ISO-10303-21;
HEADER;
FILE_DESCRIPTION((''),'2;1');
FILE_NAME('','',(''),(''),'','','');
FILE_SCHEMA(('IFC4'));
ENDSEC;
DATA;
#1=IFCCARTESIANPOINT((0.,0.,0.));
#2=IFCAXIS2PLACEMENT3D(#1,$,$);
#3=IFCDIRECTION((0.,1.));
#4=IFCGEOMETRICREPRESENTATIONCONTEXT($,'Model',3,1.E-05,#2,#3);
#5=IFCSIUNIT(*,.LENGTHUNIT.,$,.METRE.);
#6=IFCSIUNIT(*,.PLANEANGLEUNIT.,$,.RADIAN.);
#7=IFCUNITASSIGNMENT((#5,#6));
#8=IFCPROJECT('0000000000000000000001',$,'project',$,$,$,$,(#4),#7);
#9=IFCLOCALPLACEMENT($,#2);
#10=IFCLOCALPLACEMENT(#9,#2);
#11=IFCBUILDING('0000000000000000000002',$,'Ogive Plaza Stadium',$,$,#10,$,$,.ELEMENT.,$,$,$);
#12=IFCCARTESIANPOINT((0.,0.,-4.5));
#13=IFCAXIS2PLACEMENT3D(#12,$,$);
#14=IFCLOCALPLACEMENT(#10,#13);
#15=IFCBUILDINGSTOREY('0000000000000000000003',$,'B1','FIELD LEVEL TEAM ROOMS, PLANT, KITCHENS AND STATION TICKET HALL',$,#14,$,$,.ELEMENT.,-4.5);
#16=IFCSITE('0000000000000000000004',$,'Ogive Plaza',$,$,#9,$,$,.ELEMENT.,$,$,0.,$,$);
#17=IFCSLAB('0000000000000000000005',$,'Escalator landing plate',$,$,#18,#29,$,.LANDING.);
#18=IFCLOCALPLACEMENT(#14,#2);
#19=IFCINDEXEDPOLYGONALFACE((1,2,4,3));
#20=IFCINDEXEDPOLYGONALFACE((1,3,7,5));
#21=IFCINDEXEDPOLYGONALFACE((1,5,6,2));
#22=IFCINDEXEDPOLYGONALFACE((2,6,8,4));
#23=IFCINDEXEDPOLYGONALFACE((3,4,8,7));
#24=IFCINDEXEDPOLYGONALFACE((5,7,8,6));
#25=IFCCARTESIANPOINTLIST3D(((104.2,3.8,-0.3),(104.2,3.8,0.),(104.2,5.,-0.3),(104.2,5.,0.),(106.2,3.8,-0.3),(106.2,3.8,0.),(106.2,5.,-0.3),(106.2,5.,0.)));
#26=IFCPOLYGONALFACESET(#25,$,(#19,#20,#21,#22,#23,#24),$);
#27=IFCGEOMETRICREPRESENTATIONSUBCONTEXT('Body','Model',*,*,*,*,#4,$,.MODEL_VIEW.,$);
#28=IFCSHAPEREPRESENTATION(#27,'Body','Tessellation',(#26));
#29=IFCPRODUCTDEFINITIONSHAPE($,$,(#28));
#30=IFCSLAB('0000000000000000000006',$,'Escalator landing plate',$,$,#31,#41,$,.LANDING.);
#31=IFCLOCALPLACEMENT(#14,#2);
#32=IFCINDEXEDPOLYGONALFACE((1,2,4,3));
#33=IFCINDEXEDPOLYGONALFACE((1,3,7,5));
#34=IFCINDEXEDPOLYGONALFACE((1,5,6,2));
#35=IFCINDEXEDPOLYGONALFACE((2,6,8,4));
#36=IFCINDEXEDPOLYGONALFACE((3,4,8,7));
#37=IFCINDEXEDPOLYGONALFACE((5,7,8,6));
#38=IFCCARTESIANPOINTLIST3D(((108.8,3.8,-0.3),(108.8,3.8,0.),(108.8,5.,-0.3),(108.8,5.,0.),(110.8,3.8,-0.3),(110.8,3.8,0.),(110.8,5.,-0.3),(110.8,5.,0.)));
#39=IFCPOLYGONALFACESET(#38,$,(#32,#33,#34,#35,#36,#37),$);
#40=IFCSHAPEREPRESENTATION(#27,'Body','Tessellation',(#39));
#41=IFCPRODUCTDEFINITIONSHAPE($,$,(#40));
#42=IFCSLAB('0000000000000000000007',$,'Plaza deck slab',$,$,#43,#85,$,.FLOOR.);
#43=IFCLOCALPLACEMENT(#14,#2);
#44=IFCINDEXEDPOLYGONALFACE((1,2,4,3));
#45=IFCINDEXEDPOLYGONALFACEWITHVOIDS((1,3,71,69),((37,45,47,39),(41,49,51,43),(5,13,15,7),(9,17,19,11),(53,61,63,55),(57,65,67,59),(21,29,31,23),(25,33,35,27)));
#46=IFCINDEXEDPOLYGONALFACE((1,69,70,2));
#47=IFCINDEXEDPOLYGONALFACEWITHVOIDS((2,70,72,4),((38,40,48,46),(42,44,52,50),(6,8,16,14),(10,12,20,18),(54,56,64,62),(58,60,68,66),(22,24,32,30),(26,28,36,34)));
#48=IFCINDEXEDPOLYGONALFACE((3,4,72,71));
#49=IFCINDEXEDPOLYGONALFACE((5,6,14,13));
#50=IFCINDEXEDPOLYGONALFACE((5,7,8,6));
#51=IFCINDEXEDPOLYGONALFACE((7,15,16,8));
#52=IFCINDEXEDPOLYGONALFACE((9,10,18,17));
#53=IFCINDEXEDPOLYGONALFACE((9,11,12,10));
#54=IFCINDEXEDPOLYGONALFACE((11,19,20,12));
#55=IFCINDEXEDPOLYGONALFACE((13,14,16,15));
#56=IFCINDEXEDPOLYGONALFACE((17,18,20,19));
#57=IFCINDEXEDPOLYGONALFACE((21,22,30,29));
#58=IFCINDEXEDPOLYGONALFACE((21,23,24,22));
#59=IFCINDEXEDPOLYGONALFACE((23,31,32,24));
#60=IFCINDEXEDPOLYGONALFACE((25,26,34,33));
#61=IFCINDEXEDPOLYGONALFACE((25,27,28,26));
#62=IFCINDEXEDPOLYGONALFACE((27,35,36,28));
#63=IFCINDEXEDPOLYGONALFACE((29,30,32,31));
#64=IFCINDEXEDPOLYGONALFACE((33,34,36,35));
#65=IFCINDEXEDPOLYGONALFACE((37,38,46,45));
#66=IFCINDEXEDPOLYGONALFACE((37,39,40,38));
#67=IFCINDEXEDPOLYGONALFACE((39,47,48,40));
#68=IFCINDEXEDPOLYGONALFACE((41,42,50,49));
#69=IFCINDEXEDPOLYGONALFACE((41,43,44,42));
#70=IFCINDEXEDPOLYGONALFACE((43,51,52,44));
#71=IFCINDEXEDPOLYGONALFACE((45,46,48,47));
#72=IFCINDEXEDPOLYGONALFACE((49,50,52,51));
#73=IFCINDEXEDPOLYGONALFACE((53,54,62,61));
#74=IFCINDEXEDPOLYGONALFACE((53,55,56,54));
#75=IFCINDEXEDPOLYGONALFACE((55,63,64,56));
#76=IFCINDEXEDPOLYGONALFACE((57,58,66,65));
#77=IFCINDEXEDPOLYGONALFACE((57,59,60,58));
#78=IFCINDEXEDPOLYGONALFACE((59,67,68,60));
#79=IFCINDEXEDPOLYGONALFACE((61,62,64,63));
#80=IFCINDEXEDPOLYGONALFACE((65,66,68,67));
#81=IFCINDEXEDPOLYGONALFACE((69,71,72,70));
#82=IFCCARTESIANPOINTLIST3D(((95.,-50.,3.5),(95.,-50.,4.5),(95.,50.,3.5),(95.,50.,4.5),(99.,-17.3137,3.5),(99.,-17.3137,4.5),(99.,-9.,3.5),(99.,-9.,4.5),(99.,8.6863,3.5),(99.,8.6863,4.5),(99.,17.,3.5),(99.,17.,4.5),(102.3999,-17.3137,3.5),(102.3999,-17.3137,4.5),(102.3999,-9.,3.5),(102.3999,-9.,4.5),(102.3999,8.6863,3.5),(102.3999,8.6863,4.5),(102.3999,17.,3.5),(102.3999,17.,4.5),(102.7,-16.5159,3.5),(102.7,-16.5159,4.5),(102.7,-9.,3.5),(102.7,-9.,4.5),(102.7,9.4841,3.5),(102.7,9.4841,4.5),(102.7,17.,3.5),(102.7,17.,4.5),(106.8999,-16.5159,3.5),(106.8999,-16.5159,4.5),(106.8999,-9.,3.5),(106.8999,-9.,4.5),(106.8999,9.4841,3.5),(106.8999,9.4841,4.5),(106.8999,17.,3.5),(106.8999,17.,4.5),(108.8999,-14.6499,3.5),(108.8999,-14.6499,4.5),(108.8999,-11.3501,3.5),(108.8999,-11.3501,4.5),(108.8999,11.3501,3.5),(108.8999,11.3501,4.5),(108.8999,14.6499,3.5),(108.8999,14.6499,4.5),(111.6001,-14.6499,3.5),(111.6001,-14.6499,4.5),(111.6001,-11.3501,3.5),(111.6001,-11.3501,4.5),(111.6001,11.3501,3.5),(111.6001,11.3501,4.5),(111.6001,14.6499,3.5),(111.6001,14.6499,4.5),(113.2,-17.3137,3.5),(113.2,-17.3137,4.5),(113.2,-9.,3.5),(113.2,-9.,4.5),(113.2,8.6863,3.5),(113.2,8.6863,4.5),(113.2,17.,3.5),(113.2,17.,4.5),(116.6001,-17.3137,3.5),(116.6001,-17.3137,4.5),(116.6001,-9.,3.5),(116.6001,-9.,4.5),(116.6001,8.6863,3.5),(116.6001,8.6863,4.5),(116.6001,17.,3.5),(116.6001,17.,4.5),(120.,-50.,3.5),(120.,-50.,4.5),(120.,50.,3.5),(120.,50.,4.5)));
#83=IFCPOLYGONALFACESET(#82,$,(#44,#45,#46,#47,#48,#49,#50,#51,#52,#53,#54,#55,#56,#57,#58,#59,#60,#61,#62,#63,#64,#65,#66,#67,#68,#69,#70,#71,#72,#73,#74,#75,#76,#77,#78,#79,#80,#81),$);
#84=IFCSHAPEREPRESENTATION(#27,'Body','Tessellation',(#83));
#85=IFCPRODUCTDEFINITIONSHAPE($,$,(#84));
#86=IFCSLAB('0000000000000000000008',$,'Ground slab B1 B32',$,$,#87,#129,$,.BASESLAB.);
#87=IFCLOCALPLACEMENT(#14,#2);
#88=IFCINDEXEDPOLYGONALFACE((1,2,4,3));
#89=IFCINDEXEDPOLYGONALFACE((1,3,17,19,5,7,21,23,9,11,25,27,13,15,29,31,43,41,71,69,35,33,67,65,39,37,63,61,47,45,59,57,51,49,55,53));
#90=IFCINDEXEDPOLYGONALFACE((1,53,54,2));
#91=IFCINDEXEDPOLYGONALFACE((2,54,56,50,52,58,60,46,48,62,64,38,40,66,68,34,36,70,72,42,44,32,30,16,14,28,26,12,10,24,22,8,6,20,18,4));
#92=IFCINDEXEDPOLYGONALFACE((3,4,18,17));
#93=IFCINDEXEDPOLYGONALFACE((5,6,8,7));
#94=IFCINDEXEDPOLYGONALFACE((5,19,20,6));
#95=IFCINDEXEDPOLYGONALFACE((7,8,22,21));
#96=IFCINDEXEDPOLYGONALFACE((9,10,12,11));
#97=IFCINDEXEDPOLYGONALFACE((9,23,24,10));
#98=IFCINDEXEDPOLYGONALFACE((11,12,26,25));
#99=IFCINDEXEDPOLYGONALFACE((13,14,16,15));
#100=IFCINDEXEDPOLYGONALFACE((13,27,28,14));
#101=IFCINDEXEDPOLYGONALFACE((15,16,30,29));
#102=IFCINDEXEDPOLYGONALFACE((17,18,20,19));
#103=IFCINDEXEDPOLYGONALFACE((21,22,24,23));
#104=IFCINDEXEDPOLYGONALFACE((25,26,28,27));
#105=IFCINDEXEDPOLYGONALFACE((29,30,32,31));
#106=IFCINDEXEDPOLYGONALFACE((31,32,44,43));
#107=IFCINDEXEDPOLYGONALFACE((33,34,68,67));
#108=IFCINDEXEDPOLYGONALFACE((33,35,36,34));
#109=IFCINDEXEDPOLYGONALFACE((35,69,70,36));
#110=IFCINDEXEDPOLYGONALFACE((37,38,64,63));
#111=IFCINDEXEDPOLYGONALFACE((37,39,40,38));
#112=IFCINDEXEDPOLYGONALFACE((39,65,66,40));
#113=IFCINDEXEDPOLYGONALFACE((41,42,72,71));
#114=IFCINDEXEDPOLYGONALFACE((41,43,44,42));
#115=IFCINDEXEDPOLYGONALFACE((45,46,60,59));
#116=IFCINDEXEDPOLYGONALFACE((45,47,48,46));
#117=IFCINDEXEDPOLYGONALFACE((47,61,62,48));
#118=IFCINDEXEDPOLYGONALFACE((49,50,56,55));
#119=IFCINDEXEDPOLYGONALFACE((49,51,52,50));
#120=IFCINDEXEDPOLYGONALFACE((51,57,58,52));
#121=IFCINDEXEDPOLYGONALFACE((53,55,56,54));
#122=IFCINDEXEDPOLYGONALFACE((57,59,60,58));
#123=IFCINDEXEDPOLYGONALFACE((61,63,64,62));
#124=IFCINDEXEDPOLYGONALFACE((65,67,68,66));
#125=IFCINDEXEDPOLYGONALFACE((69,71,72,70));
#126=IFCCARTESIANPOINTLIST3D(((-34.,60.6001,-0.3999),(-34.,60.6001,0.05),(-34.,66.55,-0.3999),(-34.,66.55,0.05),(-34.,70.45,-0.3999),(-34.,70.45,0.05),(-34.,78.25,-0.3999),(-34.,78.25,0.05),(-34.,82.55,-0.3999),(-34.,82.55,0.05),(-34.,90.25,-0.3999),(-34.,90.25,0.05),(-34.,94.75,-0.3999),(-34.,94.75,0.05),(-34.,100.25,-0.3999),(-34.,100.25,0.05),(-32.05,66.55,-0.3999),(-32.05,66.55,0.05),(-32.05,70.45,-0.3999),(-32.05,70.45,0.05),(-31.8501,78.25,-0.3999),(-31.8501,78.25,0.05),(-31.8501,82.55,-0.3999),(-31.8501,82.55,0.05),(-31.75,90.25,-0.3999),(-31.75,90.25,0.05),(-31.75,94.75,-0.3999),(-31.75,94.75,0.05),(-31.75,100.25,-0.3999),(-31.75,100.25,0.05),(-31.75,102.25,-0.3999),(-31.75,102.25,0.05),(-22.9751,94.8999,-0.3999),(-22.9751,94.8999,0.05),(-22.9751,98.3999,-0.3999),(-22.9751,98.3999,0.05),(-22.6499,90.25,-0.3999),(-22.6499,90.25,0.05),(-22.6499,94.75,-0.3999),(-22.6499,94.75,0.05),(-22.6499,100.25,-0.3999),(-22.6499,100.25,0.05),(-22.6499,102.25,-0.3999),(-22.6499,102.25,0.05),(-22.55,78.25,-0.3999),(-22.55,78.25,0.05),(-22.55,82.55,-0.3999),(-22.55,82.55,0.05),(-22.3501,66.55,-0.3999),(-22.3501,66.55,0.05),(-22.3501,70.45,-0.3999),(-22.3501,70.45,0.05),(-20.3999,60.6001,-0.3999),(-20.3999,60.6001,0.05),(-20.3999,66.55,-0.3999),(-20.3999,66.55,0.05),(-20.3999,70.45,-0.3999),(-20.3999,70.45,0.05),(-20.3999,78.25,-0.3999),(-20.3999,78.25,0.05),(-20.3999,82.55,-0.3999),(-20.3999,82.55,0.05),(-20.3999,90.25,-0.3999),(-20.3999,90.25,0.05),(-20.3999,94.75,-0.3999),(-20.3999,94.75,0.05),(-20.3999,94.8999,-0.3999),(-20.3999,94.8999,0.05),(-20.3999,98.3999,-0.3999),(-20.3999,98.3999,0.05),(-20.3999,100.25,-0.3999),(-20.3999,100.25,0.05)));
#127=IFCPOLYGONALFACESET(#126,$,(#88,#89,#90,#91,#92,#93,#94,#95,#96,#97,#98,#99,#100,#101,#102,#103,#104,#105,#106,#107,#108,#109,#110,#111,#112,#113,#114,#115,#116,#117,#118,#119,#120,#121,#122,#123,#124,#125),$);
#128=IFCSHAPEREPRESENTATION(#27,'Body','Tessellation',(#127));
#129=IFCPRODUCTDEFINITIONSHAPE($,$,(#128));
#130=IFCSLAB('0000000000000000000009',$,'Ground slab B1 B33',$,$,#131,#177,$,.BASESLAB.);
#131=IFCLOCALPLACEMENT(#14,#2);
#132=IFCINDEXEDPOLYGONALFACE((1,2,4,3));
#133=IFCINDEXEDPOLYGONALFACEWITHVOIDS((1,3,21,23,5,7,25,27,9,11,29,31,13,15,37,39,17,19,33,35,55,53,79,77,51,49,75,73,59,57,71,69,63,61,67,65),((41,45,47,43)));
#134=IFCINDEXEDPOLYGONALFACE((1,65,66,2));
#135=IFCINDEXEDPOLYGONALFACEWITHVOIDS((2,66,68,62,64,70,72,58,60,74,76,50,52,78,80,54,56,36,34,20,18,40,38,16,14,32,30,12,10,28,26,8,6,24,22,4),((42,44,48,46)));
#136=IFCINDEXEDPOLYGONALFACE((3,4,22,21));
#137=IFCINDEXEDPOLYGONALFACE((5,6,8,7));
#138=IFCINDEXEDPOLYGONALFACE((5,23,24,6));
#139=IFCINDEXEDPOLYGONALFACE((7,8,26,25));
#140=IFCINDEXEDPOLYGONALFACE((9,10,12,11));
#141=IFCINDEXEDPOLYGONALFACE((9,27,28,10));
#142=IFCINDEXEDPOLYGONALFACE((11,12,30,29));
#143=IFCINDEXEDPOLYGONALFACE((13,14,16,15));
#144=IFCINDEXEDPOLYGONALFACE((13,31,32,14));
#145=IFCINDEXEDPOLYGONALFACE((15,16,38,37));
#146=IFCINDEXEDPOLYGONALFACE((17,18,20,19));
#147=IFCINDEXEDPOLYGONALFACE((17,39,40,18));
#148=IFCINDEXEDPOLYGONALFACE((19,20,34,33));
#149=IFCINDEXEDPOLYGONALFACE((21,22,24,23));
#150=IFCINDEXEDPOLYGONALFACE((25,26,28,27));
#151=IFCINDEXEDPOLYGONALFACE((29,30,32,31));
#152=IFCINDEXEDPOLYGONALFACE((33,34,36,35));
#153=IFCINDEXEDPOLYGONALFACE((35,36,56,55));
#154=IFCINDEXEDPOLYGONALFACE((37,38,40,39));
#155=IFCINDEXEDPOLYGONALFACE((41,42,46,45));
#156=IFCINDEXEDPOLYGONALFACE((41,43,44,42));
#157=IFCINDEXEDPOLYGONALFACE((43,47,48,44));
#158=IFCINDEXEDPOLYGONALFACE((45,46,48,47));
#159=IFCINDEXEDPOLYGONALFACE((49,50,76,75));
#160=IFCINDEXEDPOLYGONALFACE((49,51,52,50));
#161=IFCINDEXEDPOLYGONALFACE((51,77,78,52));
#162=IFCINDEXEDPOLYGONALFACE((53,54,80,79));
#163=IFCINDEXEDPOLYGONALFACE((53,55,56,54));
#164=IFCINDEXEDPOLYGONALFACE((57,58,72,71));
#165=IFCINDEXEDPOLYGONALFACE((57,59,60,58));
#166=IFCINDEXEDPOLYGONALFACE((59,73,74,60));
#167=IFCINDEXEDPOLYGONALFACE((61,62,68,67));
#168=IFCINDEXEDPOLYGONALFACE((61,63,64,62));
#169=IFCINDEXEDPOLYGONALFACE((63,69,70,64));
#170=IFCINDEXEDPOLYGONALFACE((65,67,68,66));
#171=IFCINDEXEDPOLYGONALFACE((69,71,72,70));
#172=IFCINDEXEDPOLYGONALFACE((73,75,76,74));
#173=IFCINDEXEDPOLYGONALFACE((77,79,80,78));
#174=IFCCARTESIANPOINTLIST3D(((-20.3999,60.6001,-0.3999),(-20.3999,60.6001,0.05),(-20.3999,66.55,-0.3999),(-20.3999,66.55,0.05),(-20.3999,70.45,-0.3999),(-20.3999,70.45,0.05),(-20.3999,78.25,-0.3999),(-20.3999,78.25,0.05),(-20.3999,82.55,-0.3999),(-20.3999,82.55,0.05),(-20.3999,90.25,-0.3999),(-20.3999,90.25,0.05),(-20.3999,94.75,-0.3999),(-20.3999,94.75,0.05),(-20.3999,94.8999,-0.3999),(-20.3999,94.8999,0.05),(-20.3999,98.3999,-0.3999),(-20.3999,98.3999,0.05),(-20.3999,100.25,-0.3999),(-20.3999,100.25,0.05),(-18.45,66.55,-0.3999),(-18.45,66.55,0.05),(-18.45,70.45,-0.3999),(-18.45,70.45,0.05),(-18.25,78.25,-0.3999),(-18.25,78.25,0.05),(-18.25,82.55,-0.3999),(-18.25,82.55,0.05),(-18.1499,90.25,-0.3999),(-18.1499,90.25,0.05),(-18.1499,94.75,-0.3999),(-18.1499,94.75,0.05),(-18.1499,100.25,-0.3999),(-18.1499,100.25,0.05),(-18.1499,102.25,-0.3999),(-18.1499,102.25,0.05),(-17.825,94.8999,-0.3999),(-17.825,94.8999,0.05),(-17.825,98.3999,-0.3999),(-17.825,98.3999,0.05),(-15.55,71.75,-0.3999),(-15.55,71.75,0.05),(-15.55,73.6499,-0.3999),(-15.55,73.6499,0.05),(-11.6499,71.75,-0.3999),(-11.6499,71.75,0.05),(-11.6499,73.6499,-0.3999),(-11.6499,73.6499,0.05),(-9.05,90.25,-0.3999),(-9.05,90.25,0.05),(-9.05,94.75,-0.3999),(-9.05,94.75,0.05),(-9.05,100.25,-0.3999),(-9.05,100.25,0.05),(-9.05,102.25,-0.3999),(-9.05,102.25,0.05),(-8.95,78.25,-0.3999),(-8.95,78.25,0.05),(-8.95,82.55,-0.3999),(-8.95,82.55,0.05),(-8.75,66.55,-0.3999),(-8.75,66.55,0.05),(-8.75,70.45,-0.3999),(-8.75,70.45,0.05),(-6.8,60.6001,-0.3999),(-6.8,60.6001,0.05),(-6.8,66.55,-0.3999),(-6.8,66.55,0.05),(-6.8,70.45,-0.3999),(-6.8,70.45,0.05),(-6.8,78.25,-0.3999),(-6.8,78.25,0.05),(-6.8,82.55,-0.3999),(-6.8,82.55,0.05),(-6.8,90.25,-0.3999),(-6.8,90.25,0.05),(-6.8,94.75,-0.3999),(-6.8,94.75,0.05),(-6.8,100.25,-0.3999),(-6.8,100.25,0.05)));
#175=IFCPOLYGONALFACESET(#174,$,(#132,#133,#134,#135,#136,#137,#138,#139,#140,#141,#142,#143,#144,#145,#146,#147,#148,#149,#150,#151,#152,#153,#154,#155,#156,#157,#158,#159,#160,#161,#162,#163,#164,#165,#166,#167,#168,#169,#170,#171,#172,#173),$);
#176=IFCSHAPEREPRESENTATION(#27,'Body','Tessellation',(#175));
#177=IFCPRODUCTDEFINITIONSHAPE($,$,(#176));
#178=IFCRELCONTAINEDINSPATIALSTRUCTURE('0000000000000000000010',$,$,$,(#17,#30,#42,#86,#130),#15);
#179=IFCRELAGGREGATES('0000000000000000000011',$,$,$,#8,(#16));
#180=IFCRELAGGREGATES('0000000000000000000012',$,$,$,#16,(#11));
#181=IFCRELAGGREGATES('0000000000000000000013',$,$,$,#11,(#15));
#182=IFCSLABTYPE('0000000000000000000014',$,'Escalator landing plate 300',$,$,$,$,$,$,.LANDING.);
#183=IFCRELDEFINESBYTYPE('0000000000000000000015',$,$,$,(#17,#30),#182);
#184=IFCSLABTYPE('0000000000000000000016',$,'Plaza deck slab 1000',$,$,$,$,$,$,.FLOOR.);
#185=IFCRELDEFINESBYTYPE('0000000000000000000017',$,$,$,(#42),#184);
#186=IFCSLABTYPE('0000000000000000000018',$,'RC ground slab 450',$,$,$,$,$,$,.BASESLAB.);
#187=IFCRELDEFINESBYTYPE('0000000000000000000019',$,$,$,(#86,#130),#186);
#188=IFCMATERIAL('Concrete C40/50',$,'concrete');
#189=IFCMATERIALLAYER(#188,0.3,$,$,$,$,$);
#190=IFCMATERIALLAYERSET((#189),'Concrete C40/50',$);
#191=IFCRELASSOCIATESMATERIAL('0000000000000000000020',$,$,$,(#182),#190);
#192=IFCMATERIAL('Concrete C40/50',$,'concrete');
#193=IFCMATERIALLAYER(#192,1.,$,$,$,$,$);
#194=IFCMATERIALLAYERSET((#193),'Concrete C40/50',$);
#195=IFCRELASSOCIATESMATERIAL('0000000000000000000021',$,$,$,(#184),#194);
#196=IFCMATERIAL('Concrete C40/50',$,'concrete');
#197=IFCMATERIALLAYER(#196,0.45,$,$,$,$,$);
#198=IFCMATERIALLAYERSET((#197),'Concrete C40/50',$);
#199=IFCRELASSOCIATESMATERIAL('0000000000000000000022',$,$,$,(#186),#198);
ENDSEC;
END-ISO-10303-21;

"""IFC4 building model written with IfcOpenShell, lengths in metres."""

from ifc_helpers import new_model, si_unit, direction, frame, origin, place, context, subcontext, project, spatial, polyline, outline, extrude, material, layer, layer_set, type_object, element, save


model = new_model("IFC4")

# Units and contexts
model_context = context("Model", 3, precision=1e-05, world=origin(), true_north=direction((0.0, 1.0)))
body_context = subcontext(model_context, "Body", "Model", "MODEL_VIEW")
ifc_project = project(units=[si_unit("LENGTHUNIT", "METRE"), si_unit("PLANEANGLEUNIT", "RADIAN")], contexts=[model_context])

# Site, building, storey
site_placement = place(None, origin())
site = spatial("IfcSite", under=ifc_project, at=site_placement, Name="Ogive Plaza", CompositionType="ELEMENT", RefElevation=0.0)
building_placement = place(site_placement, origin())
building = spatial("IfcBuilding", under=site, at=building_placement, Name="Ogive Plaza Stadium", CompositionType="ELEMENT")
storey_placement = place(building_placement, frame((0.0, 0.0, -4.5)))
storey = spatial("IfcBuildingStorey", under=building, at=storey_placement, Name="B1", Description="FIELD LEVEL TEAM ROOMS, PLANT, KITCHENS AND STATION TICKET HALL", CompositionType="ELEMENT", Elevation=-4.5)

# Slabs
ifc_material_1 = material(Name="Concrete C40/50", Category="concrete")
ifc_layer_1 = layer(ifc_material_1, 0.3)
ifc_layer_set_1 = layer_set([ifc_layer_1], Name="Concrete C40/50")
slab_type_1 = type_object("IfcSlabType", Name="Escalator landing plate 300", PredefinedType="LANDING", material=ifc_layer_set_1)
slab_1_placement = place(storey_placement, frame((0.0, 0.0, -0.3)))
element("IfcSlab", 1, at=slab_1_placement, inside=storey, type_object=slab_type_1, Name="Escalator landing plate", PredefinedType="LANDING", context=body_context, shape_type="SweptSolid", body=[
    extrude(outline(polyline([(104.2, 3.8), (106.2, 3.8), (106.2, 5.0), (104.2, 5.0), (104.2, 3.8)])), origin(), (0.0, 0.0, 1.0), 0.3),
])
slab_2_placement = place(storey_placement, frame((0.0, 0.0, -0.3)))
element("IfcSlab", 2, at=slab_2_placement, inside=storey, type_object=slab_type_1, Name="Escalator landing plate", PredefinedType="LANDING", context=body_context, shape_type="SweptSolid", body=[
    extrude(outline(polyline([(108.8, 3.8), (110.8, 3.8), (110.8, 5.0), (108.8, 5.0), (108.8, 3.8)])), origin(), (0.0, 0.0, 1.0), 0.3),
])
ifc_material_2 = material(Name="Concrete C40/50", Category="concrete")
ifc_layer_2 = layer(ifc_material_2, 1.0)
ifc_layer_set_2 = layer_set([ifc_layer_2], Name="Concrete C40/50")
slab_type_2 = type_object("IfcSlabType", Name="Plaza deck slab 1000", PredefinedType="FLOOR", material=ifc_layer_set_2)
slab_3_placement = place(storey_placement, frame((0.0, 0.0, 3.5)))
element("IfcSlab", 3, at=slab_3_placement, inside=storey, type_object=slab_type_2, Name="Plaza deck slab", PredefinedType="FLOOR", context=body_context, shape_type="SweptSolid", body=[
    extrude(outline(polyline([(95.0, -50.0), (120.0, -50.0), (120.0, 50.0), (95.0, 50.0), (95.0, -50.0)]), holes=[polyline([(111.6001, -14.6499), (111.6001, -11.3501), (108.8999, -11.3501), (108.8999, -14.6499), (111.6001, -14.6499)]), polyline([(106.8999, -16.5159), (106.8999, -9.0), (102.7, -9.0), (102.7, -16.5159), (106.8999, -16.5159)]), polyline([(102.3999, -17.3137), (102.3999, -9.0), (99.0, -9.0), (99.0, -17.3137), (102.3999, -17.3137)]), polyline([(116.6001, -17.3137), (116.6001, -9.0), (113.2, -9.0), (113.2, -17.3137), (116.6001, -17.3137)]), polyline([(111.6001, 11.3501), (111.6001, 14.6499), (108.8999, 14.6499), (108.8999, 11.3501), (111.6001, 11.3501)]), polyline([(106.8999, 9.4841), (106.8999, 17.0), (102.7, 17.0), (102.7, 9.4841), (106.8999, 9.4841)]), polyline([(102.3999, 8.6863), (102.3999, 17.0), (99.0, 17.0), (99.0, 8.6863), (102.3999, 8.6863)]), polyline([(116.6001, 8.6863), (116.6001, 17.0), (113.2, 17.0), (113.2, 8.6863), (116.6001, 8.6863)])]), origin(), (0.0, 0.0, 1.0), 1.0),
])
ifc_material_3 = material(Name="Concrete C40/50", Category="concrete")
ifc_layer_3 = layer(ifc_material_3, 0.45)
ifc_layer_set_3 = layer_set([ifc_layer_3], Name="Concrete C40/50")
slab_type_3 = type_object("IfcSlabType", Name="RC ground slab 450", PredefinedType="BASESLAB", material=ifc_layer_set_3)
slab_4_placement = place(storey_placement, frame((0.0, 0.0, -0.3999)))
element("IfcSlab", 4, at=slab_4_placement, inside=storey, type_object=slab_type_3, Name="Ground slab B1 B32", PredefinedType="BASESLAB", context=body_context, shape_type="SweptSolid", body=[
    extrude(outline(polyline([(-20.3999, 66.55), (-22.3501, 66.55), (-22.3501, 70.45), (-20.3999, 70.45), (-20.3999, 78.25), (-22.55, 78.25), (-22.55, 82.55), (-20.3999, 82.55), (-20.3999, 90.25), (-22.6499, 90.25), (-22.6499, 94.75), (-20.3999, 94.75), (-20.3999, 94.8999), (-22.9751, 94.8999), (-22.9751, 98.3999), (-20.3999, 98.3999), (-20.3999, 100.25), (-22.6499, 100.25), (-22.6499, 102.25), (-31.75, 102.25), (-31.75, 100.25), (-34.0, 100.25), (-34.0, 94.75), (-31.75, 94.75), (-31.75, 90.25), (-34.0, 90.25), (-34.0, 82.55), (-31.8501, 82.55), (-31.8501, 78.25), (-34.0, 78.25), (-34.0, 70.45), (-32.05, 70.45), (-32.05, 66.55), (-34.0, 66.55), (-34.0, 60.6001), (-20.3999, 60.6001), (-20.3999, 66.55)])), origin(), (0.0, 0.0, 1.0), 0.45),
])
slab_5_placement = place(storey_placement, frame((0.0, 0.0, -0.3999)))
element("IfcSlab", 5, at=slab_5_placement, inside=storey, type_object=slab_type_3, Name="Ground slab B1 B33", PredefinedType="BASESLAB", context=body_context, shape_type="SweptSolid", body=[
    extrude(outline(polyline([(-6.8, 66.55), (-8.75, 66.55), (-8.75, 70.45), (-6.8, 70.45), (-6.8, 78.25), (-8.95, 78.25), (-8.95, 82.55), (-6.8, 82.55), (-6.8, 90.25), (-9.05, 90.25), (-9.05, 94.75), (-6.8, 94.75), (-6.8, 100.25), (-9.05, 100.25), (-9.05, 102.25), (-18.1499, 102.25), (-18.1499, 100.25), (-20.3999, 100.25), (-20.3999, 98.3999), (-17.825, 98.3999), (-17.825, 94.8999), (-20.3999, 94.8999), (-20.3999, 94.75), (-18.1499, 94.75), (-18.1499, 90.25), (-20.3999, 90.25), (-20.3999, 82.55), (-18.25, 82.55), (-18.25, 78.25), (-20.3999, 78.25), (-20.3999, 70.45), (-18.45, 70.45), (-18.45, 66.55), (-20.3999, 66.55), (-20.3999, 60.6001), (-6.8, 60.6001), (-6.8, 66.55)]), holes=[polyline([(-15.55, 73.6499), (-15.55, 71.75), (-11.6499, 71.75), (-11.6499, 73.6499), (-15.55, 73.6499)])]), origin(), (0.0, 0.0, 1.0), 0.45),
])

save(model, "model.ifc")
